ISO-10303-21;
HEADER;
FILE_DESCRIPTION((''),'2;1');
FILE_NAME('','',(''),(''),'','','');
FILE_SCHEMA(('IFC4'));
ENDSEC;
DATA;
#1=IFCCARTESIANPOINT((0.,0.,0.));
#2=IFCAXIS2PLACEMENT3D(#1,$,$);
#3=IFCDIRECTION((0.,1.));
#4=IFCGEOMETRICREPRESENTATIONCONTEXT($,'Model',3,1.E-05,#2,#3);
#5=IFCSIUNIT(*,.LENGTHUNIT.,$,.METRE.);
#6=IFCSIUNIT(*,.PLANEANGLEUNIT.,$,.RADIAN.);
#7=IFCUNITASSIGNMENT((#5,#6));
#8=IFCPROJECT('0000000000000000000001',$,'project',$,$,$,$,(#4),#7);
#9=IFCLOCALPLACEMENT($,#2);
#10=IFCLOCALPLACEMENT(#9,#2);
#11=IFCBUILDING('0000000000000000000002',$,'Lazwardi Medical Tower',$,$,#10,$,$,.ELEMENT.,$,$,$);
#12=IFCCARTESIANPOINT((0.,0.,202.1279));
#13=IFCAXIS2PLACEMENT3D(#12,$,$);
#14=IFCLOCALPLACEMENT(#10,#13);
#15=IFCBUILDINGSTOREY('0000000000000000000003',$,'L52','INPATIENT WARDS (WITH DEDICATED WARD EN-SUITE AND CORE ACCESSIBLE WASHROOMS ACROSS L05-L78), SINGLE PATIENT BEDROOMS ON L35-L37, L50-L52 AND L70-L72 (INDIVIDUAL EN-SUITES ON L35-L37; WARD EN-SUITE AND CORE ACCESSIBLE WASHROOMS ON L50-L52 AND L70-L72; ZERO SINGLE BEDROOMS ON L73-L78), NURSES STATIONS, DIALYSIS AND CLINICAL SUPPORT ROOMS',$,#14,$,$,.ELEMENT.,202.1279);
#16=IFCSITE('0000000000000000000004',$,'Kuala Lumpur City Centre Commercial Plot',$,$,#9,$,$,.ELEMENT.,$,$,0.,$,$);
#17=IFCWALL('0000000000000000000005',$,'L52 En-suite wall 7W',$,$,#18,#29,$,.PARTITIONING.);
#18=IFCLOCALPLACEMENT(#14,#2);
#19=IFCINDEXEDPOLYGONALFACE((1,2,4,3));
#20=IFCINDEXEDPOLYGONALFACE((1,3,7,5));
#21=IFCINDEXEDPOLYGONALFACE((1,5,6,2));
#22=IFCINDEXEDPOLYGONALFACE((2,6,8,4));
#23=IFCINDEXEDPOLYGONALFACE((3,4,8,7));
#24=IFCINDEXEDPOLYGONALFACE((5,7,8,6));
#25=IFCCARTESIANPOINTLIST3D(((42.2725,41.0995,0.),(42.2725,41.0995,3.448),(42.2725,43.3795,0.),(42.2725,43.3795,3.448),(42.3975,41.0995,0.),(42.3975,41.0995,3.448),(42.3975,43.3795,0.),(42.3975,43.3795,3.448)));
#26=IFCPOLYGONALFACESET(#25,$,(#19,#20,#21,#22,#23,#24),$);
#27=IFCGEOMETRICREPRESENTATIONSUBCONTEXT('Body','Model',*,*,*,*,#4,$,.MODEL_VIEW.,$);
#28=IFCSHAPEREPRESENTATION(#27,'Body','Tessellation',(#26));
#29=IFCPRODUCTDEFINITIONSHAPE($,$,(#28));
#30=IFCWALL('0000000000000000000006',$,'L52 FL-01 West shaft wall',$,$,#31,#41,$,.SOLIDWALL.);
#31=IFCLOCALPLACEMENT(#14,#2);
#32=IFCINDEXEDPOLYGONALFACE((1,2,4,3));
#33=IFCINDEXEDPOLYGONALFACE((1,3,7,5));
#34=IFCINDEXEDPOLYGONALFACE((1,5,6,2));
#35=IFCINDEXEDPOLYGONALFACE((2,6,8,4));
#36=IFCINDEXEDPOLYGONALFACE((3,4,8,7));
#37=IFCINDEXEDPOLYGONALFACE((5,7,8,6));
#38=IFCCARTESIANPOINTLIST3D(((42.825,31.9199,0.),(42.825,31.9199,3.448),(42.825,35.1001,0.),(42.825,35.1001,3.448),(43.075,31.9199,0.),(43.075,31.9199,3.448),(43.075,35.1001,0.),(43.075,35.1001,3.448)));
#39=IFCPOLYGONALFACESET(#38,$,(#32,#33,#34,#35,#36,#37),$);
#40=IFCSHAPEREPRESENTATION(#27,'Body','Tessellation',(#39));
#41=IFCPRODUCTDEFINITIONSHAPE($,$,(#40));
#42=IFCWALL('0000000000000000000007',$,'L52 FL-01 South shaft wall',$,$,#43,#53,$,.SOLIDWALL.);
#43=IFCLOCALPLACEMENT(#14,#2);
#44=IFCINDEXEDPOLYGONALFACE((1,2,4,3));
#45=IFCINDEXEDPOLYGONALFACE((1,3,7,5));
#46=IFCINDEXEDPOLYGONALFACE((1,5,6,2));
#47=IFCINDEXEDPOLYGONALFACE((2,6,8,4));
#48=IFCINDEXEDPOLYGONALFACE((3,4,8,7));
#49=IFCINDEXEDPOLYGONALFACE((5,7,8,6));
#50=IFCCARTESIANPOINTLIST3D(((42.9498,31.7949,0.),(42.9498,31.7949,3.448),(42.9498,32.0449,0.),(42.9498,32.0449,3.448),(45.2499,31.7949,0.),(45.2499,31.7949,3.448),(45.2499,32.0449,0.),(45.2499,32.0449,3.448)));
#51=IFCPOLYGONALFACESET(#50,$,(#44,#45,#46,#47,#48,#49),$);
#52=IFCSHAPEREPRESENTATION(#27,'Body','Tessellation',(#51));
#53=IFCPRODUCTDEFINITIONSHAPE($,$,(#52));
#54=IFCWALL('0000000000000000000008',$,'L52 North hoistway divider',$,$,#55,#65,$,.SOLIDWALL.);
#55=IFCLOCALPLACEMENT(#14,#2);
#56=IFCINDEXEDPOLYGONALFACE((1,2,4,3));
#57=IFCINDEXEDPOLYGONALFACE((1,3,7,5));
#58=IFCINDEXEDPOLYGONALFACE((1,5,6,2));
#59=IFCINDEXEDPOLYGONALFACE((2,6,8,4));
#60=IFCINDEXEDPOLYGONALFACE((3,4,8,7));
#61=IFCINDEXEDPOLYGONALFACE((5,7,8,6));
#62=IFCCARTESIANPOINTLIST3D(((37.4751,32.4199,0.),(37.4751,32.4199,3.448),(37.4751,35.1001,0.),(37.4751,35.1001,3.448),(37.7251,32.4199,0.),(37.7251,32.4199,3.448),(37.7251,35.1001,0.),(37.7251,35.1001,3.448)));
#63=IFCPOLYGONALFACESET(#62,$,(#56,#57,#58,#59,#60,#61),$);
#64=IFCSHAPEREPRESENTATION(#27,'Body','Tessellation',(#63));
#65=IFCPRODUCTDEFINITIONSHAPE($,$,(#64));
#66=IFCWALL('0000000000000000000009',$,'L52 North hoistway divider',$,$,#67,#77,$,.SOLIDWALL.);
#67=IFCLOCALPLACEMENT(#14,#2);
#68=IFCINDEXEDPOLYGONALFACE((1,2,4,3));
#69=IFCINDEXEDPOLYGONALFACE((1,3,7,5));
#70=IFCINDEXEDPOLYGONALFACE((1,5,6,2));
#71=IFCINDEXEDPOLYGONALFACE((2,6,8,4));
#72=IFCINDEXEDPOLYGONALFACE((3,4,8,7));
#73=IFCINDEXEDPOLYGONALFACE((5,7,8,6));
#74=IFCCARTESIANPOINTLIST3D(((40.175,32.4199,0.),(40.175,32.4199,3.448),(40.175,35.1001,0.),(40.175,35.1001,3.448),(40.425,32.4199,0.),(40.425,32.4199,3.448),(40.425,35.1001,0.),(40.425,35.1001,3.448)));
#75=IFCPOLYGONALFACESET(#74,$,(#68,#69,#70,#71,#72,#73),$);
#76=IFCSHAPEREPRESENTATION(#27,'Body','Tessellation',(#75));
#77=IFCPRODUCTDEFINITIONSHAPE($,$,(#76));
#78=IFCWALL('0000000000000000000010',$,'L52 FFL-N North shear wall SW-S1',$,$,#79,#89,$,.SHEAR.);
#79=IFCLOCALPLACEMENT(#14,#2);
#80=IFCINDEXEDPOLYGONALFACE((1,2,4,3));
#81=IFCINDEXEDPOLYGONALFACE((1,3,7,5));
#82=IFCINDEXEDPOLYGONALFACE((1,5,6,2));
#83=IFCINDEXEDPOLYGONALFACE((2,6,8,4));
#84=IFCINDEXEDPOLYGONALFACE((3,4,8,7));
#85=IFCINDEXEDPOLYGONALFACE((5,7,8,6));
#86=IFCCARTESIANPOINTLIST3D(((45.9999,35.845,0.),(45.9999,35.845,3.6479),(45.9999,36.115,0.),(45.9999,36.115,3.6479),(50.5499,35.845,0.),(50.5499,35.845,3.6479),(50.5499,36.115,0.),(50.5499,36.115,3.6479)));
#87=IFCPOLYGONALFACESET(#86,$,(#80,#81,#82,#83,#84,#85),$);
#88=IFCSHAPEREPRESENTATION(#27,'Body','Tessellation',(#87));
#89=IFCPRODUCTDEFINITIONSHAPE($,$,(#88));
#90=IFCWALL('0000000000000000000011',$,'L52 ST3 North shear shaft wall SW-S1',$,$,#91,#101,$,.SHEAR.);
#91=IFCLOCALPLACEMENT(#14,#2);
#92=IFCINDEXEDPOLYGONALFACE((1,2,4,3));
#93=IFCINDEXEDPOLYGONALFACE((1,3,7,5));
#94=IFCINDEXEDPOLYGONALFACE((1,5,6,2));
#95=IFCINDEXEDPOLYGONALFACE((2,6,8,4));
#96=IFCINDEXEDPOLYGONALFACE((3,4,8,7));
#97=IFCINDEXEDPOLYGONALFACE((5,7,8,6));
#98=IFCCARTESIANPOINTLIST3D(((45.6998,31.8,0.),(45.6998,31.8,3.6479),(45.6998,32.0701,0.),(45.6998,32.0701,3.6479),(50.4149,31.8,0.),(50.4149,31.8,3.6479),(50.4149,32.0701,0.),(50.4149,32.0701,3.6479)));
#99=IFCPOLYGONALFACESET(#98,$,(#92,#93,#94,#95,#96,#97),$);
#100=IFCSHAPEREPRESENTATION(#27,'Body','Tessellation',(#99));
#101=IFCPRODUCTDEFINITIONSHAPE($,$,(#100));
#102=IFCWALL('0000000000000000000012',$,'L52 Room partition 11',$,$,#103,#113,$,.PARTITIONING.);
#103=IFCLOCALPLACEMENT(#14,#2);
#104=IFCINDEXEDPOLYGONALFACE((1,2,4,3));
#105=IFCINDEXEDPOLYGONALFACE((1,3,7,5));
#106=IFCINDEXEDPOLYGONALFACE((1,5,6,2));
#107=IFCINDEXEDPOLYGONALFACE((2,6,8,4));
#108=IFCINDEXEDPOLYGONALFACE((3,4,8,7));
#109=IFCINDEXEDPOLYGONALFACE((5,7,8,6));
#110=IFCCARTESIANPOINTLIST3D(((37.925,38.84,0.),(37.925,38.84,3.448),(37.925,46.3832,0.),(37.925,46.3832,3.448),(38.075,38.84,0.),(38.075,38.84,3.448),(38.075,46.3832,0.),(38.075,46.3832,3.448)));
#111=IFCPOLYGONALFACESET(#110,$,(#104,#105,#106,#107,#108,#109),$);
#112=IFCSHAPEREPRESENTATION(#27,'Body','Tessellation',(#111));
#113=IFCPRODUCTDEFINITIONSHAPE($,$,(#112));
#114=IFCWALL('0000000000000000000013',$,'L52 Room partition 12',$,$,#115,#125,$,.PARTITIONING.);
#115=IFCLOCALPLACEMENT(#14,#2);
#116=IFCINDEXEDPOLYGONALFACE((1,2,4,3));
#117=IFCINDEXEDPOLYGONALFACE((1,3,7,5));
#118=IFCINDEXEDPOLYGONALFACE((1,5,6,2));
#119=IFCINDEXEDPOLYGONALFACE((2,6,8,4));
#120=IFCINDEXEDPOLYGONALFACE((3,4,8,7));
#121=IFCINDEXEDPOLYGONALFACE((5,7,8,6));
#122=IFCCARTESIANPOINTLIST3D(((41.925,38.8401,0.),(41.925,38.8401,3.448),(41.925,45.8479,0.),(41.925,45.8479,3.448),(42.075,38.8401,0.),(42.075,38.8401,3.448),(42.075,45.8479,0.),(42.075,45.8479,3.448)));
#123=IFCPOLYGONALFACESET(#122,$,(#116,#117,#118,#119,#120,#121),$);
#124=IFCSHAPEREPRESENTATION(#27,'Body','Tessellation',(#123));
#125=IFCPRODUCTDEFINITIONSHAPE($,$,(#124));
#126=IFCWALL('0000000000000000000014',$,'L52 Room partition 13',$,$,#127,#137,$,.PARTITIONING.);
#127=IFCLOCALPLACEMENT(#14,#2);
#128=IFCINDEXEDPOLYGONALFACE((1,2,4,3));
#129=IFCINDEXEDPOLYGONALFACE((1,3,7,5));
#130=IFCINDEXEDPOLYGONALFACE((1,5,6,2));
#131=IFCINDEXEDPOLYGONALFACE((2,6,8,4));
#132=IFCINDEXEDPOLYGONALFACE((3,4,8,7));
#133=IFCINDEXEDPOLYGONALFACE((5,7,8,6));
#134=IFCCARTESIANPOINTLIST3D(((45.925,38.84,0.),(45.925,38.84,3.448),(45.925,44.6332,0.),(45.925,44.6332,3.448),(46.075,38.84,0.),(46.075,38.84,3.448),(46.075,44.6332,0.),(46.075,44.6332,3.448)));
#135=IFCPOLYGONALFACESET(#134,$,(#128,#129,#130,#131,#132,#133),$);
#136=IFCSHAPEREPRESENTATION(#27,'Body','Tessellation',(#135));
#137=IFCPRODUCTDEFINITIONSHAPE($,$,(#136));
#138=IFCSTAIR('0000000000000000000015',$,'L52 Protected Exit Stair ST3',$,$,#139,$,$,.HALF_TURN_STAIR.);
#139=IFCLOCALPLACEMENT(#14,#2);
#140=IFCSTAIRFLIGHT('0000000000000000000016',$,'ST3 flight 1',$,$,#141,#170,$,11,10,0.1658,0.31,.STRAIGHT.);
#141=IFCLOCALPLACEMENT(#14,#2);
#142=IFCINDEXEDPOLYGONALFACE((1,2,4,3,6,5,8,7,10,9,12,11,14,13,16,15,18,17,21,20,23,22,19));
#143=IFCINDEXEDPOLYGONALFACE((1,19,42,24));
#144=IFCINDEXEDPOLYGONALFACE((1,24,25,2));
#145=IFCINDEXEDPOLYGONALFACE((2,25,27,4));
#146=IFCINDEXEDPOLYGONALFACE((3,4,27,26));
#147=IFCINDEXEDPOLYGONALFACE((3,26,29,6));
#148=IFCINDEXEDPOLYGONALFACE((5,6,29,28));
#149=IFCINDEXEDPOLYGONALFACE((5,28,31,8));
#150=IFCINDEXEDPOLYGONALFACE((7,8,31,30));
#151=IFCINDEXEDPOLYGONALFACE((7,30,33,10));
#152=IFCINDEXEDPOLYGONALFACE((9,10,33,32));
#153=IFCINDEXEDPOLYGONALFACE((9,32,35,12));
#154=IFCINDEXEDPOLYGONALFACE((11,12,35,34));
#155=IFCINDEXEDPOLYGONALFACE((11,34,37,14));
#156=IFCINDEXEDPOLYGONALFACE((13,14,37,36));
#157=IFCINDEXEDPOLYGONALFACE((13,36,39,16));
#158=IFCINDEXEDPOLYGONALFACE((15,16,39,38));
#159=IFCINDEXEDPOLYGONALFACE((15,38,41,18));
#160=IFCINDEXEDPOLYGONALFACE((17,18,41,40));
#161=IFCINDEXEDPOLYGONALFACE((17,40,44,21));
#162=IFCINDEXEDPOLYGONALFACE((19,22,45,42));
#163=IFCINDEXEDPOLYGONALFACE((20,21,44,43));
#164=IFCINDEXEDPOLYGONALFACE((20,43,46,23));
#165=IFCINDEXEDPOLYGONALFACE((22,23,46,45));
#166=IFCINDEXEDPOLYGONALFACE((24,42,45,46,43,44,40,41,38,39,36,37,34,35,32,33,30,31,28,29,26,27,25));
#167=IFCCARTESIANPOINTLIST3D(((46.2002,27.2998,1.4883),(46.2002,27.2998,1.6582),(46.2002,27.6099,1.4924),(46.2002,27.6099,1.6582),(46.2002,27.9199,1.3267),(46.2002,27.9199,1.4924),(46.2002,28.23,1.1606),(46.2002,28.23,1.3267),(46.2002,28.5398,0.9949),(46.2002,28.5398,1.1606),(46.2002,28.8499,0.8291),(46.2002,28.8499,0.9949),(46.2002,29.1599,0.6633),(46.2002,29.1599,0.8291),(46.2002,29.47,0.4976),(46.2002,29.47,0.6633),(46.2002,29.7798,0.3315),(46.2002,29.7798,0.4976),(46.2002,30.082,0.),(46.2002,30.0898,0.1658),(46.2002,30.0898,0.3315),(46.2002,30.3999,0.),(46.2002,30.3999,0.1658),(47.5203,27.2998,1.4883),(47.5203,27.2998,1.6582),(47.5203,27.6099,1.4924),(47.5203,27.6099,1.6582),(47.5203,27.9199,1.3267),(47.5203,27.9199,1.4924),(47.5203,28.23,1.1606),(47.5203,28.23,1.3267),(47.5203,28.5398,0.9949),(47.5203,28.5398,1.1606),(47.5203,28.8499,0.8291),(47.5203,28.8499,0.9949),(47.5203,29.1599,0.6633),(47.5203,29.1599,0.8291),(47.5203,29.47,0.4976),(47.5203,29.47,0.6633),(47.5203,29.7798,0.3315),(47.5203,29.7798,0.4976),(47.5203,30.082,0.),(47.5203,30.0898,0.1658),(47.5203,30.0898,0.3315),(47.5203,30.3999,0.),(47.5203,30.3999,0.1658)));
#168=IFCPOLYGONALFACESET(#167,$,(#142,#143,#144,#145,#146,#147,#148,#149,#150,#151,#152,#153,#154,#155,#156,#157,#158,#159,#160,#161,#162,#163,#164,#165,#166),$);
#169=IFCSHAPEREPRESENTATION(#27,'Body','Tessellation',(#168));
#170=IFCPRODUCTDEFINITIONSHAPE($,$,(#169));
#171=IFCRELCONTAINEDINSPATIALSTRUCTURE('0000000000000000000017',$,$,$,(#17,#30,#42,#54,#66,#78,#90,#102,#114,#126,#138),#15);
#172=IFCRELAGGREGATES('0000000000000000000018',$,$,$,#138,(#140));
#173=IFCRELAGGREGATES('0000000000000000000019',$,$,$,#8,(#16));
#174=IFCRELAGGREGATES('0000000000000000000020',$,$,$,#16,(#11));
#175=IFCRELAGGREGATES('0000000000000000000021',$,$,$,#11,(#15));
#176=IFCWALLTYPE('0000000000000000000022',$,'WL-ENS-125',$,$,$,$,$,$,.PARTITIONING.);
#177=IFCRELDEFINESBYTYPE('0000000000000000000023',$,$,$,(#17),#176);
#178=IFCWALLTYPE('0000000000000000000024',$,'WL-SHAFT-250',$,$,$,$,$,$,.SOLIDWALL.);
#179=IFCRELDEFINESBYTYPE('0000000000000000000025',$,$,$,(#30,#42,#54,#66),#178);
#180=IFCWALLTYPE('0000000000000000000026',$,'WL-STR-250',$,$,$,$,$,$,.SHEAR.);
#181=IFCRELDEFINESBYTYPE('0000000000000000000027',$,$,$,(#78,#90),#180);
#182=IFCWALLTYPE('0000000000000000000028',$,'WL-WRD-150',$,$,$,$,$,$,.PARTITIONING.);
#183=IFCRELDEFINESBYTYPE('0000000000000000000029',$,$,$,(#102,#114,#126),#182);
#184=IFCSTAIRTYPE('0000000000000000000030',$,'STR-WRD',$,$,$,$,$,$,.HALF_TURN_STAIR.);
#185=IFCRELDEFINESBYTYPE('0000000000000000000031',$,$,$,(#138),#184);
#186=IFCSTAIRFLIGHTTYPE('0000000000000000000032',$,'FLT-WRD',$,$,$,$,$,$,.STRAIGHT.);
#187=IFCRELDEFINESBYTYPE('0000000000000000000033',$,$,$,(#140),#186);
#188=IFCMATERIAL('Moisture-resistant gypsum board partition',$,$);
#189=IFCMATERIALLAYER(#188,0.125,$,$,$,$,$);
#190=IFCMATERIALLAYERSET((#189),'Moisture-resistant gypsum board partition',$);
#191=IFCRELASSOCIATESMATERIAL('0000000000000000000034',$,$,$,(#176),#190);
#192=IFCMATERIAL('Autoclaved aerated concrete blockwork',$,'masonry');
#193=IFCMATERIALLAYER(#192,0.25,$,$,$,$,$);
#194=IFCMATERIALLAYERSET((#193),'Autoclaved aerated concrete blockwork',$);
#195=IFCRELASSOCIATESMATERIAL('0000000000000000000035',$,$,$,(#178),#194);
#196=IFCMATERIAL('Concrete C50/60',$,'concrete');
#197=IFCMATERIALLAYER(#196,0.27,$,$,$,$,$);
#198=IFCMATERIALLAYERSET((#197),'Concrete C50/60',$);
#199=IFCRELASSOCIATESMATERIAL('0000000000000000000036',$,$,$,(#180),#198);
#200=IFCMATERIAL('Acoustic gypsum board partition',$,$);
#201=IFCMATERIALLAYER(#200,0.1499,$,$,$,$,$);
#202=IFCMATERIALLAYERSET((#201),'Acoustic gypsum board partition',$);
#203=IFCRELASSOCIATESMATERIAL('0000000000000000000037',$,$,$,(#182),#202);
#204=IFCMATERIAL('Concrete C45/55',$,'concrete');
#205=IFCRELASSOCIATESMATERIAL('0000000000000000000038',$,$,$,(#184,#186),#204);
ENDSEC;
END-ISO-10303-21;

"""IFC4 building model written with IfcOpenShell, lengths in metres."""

from ifc_helpers import new_model, si_unit, direction, frame, frame_2d, origin, place, context, subcontext, project, spatial, polyline, rectangle, outline, extrude, material, layer, layer_set, type_object, element, aggregate, save


model = new_model("IFC4")

# Units and contexts
model_context = context("Model", 3, precision=1e-05, world=origin(), true_north=direction((0.0, 1.0)))
body_context = subcontext(model_context, "Body", "Model", "MODEL_VIEW")
ifc_project = project(units=[si_unit("LENGTHUNIT", "METRE"), si_unit("PLANEANGLEUNIT", "RADIAN")], contexts=[model_context])

# Site, building, storey
site_placement = place(None, origin())
site = spatial("IfcSite", under=ifc_project, at=site_placement, Name="Kuala Lumpur City Centre Commercial Plot", CompositionType="ELEMENT", RefElevation=0.0)
building_placement = place(site_placement, origin())
building = spatial("IfcBuilding", under=site, at=building_placement, Name="Lazwardi Medical Tower", CompositionType="ELEMENT")
storey_placement = place(building_placement, frame((0.0, 0.0, 202.1279)))
storey = spatial("IfcBuildingStorey", under=building, at=storey_placement, Name="L52", Description="INPATIENT WARDS (WITH DEDICATED WARD EN-SUITE AND CORE ACCESSIBLE WASHROOMS ACROSS L05-L78), SINGLE PATIENT BEDROOMS ON L35-L37, L50-L52 AND L70-L72 (INDIVIDUAL EN-SUITES ON L35-L37; WARD EN-SUITE AND CORE ACCESSIBLE WASHROOMS ON L50-L52 AND L70-L72; ZERO SINGLE BEDROOMS ON L73-L78), NURSES STATIONS, DIALYSIS AND CLINICAL SUPPORT ROOMS", CompositionType="ELEMENT", Elevation=202.1279)

# Walls
ifc_material_1 = material(Name="Moisture-resistant gypsum board partition")
ifc_layer_1 = layer(ifc_material_1, 0.125)
ifc_layer_set_1 = layer_set([ifc_layer_1], Name="Moisture-resistant gypsum board partition")
wall_type_1 = type_object("IfcWallType", Name="WL-ENS-125", PredefinedType="PARTITIONING", material=ifc_layer_set_1)
for number, where, z_axis, x_axis, name in (
    (1, (42.335, 41.0994, 0.0), (0.0, 0.0, 1.0), (0.0, 1.0, 0.0), "L52 En-suite wall 7W"),
):
    element("IfcWall", number, at=place(storey_placement, frame(where, z_axis=z_axis, x_axis=x_axis)), inside=storey, type_object=wall_type_1, Name=name, PredefinedType="PARTITIONING", context=body_context, shape_type="SweptSolid", body=[
        extrude(rectangle(XDim=2.28, YDim=0.125, at=frame_2d((1.1401, 0.0))), origin(), (0.0, 0.0, 1.0), 3.448),
    ])
ifc_material_2 = material(Name="Autoclaved aerated concrete blockwork", Category="masonry")
ifc_layer_2 = layer(ifc_material_2, 0.25)
ifc_layer_set_2 = layer_set([ifc_layer_2], Name="Autoclaved aerated concrete blockwork")
wall_type_2 = type_object("IfcWallType", Name="WL-SHAFT-250", PredefinedType="SOLIDWALL", material=ifc_layer_set_2)
wall_1_placement = place(storey_placement, frame((42.95, 31.9199, 0.0), z_axis=(0.0, 0.0, 1.0), x_axis=(0.0, 1.0, 0.0)))
element("IfcWall", 2, at=wall_1_placement, inside=storey, type_object=wall_type_2, Name="L52 FL-01 West shaft wall", PredefinedType="SOLIDWALL", context=body_context, shape_type="SweptSolid", body=[
    extrude(rectangle(XDim=3.1802, YDim=0.25, at=frame_2d((1.5901, 0.0))), origin(), (0.0, 0.0, 1.0), 3.448),
])
wall_2_placement = place(storey_placement, frame((42.95, 31.9199, 0.0), z_axis=(0.0, 0.0, 1.0), x_axis=(1.0, 0.0, 0.0)))
element("IfcWall", 3, at=wall_2_placement, inside=storey, type_object=wall_type_2, Name="L52 FL-01 South shaft wall", PredefinedType="SOLIDWALL", context=body_context, shape_type="SweptSolid", body=[
    extrude(rectangle(XDim=2.3, YDim=0.25, at=frame_2d((1.1499, 0.0))), origin(), (0.0, 0.0, 1.0), 3.448),
])
for number, where, z_axis, x_axis, name in (
    (4, (37.6001, 32.4199, 0.0), (0.0, 0.0, 1.0), (0.0, 1.0, 0.0), "L52 North hoistway divider"),
    (5, (40.3, 32.4199, 0.0), (0.0, 0.0, 1.0), (0.0, 1.0, 0.0), "L52 North hoistway divider"),
):
    element("IfcWall", number, at=place(storey_placement, frame(where, z_axis=z_axis, x_axis=x_axis)), inside=storey, type_object=wall_type_2, Name=name, PredefinedType="SOLIDWALL", context=body_context, shape_type="SweptSolid", body=[
        extrude(rectangle(XDim=2.6802, YDim=0.25, at=frame_2d((1.3401, 0.0))), origin(), (0.0, 0.0, 1.0), 3.448),
    ])
ifc_material_3 = material(Name="Concrete C50/60", Category="concrete")
ifc_layer_3 = layer(ifc_material_3, 0.27)
ifc_layer_set_3 = layer_set([ifc_layer_3], Name="Concrete C50/60")
wall_type_3 = type_object("IfcWallType", Name="WL-STR-250", PredefinedType="SHEAR", material=ifc_layer_set_3)
wall_3_placement = place(storey_placement, frame((46.0, 35.98, 0.0), z_axis=(0.0, 0.0, 1.0), x_axis=(1.0, 0.0, 0.0)))
element("IfcWall", 6, at=wall_3_placement, inside=storey, type_object=wall_type_3, Name="L52 FFL-N North shear wall SW-S1", PredefinedType="SHEAR", context=body_context, shape_type="SweptSolid", body=[
    extrude(rectangle(XDim=4.55, YDim=0.27, at=frame_2d((2.2749, 0.0))), origin(), (0.0, 0.0, 1.0), 3.6479),
])
wall_4_placement = place(storey_placement, frame((45.7, 31.9351, 0.0), z_axis=(0.0, 0.0, 1.0), x_axis=(1.0, 0.0, 0.0)))
element("IfcWall", 7, at=wall_4_placement, inside=storey, type_object=wall_type_3, Name="L52 ST3 North shear shaft wall SW-S1", PredefinedType="SHEAR", context=body_context, shape_type="SweptSolid", body=[
    extrude(rectangle(XDim=4.7151, YDim=0.27, at=frame_2d((2.3574, 0.0))), origin(), (0.0, 0.0, 1.0), 3.6479),
])
ifc_material_4 = material(Name="Acoustic gypsum board partition")
ifc_layer_4 = layer(ifc_material_4, 0.1499)
ifc_layer_set_4 = layer_set([ifc_layer_4], Name="Acoustic gypsum board partition")
wall_type_4 = type_object("IfcWallType", Name="WL-WRD-150", PredefinedType="PARTITIONING", material=ifc_layer_set_4)
wall_5_placement = place(storey_placement, frame((38.0, 38.8401, 0.0), z_axis=(0.0, 0.0, 1.0), x_axis=(0.0, 1.0, 0.0)))
element("IfcWall", 8, at=wall_5_placement, inside=storey, type_object=wall_type_4, Name="L52 Room partition 11", PredefinedType="PARTITIONING", context=body_context, shape_type="SweptSolid", body=[
    extrude(rectangle(XDim=7.5432, YDim=0.1499, at=frame_2d((3.7715, 0.0))), origin(), (0.0, 0.0, 1.0), 3.448),
])
wall_6_placement = place(storey_placement, frame((42.0, 38.8401, 0.0), z_axis=(0.0, 0.0, 1.0), x_axis=(0.0, 1.0, 0.0)))
element("IfcWall", 9, at=wall_6_placement, inside=storey, type_object=wall_type_4, Name="L52 Room partition 12", PredefinedType="PARTITIONING", context=body_context, shape_type="SweptSolid", body=[
    extrude(rectangle(XDim=7.0078, YDim=0.1499, at=frame_2d((3.5039, 0.0))), origin(), (0.0, 0.0, 1.0), 3.448),
])
wall_7_placement = place(storey_placement, frame((46.0, 38.8401, 0.0), z_axis=(0.0, 0.0, 1.0), x_axis=(0.0, 1.0, 0.0)))
element("IfcWall", 10, at=wall_7_placement, inside=storey, type_object=wall_type_4, Name="L52 Room partition 13", PredefinedType="PARTITIONING", context=body_context, shape_type="SweptSolid", body=[
    extrude(rectangle(XDim=5.7932, YDim=0.1499, at=frame_2d((2.8965, 0.0))), origin(), (0.0, 0.0, 1.0), 3.448),
])

# Stair, stair flight
ifc_material_5 = material(Name="Concrete C45/55", Category="concrete")
stair_type = type_object("IfcStairType", Name="STR-WRD", PredefinedType="HALF_TURN_STAIR", material=ifc_material_5)
stair_placement = place(storey_placement, origin())
stair = element("IfcStair", 11, at=stair_placement, inside=storey, type_object=stair_type, Name="L52 Protected Exit Stair ST3", PredefinedType="HALF_TURN_STAIR")
stair_flight_type = type_object("IfcStairFlightType", Name="FLT-WRD", PredefinedType="STRAIGHT", material=ifc_material_5)
stair_flight_placement = place(storey_placement, frame((46.8601, 30.3999, 0.0), z_axis=(0.0, 0.0, 1.0), x_axis=(0.0, -1.0, 0.0)))
stair_flight = element("IfcStairFlight", 12, at=stair_flight_placement, type_object=stair_flight_type, Name="ST3 flight 1", NumberOfRisers=11, NumberOfTreads=10, PredefinedType="STRAIGHT", RiserHeight=0.1658, TreadLength=0.31, context=body_context, shape_type="SweptSolid", body=[
    extrude(outline(polyline([(0.0, 0.0), (0.0, 0.1658), (0.3101, 0.1658), (0.3101, 0.3315), (0.6201, 0.3315), (0.6201, 0.4976), (0.9299, 0.4976), (0.9299, 0.6633), (1.24, 0.6633), (1.24, 0.8291), (1.55, 0.8291), (1.55, 0.9949), (1.8601, 0.9949), (1.8601, 1.1606), (2.1699, 1.1606), (2.1699, 1.3267), (2.48, 1.3267), (2.48, 1.4924), (2.79, 1.4924), (2.79, 1.6582), (3.1001, 1.6582), (3.1001, 1.824), (3.1001, 1.4883), (0.3179, 0.0), (0.0, 0.0)])), frame((0.0, 0.6602, 0.0), z_axis=(0.0, -1.0, 0.0), x_axis=(1.0, 0.0, 0.0)), (0.0, 0.0, 1.0), 1.3201),
])
aggregate(stair, [stair_flight])

save(model, "model.ifc")
